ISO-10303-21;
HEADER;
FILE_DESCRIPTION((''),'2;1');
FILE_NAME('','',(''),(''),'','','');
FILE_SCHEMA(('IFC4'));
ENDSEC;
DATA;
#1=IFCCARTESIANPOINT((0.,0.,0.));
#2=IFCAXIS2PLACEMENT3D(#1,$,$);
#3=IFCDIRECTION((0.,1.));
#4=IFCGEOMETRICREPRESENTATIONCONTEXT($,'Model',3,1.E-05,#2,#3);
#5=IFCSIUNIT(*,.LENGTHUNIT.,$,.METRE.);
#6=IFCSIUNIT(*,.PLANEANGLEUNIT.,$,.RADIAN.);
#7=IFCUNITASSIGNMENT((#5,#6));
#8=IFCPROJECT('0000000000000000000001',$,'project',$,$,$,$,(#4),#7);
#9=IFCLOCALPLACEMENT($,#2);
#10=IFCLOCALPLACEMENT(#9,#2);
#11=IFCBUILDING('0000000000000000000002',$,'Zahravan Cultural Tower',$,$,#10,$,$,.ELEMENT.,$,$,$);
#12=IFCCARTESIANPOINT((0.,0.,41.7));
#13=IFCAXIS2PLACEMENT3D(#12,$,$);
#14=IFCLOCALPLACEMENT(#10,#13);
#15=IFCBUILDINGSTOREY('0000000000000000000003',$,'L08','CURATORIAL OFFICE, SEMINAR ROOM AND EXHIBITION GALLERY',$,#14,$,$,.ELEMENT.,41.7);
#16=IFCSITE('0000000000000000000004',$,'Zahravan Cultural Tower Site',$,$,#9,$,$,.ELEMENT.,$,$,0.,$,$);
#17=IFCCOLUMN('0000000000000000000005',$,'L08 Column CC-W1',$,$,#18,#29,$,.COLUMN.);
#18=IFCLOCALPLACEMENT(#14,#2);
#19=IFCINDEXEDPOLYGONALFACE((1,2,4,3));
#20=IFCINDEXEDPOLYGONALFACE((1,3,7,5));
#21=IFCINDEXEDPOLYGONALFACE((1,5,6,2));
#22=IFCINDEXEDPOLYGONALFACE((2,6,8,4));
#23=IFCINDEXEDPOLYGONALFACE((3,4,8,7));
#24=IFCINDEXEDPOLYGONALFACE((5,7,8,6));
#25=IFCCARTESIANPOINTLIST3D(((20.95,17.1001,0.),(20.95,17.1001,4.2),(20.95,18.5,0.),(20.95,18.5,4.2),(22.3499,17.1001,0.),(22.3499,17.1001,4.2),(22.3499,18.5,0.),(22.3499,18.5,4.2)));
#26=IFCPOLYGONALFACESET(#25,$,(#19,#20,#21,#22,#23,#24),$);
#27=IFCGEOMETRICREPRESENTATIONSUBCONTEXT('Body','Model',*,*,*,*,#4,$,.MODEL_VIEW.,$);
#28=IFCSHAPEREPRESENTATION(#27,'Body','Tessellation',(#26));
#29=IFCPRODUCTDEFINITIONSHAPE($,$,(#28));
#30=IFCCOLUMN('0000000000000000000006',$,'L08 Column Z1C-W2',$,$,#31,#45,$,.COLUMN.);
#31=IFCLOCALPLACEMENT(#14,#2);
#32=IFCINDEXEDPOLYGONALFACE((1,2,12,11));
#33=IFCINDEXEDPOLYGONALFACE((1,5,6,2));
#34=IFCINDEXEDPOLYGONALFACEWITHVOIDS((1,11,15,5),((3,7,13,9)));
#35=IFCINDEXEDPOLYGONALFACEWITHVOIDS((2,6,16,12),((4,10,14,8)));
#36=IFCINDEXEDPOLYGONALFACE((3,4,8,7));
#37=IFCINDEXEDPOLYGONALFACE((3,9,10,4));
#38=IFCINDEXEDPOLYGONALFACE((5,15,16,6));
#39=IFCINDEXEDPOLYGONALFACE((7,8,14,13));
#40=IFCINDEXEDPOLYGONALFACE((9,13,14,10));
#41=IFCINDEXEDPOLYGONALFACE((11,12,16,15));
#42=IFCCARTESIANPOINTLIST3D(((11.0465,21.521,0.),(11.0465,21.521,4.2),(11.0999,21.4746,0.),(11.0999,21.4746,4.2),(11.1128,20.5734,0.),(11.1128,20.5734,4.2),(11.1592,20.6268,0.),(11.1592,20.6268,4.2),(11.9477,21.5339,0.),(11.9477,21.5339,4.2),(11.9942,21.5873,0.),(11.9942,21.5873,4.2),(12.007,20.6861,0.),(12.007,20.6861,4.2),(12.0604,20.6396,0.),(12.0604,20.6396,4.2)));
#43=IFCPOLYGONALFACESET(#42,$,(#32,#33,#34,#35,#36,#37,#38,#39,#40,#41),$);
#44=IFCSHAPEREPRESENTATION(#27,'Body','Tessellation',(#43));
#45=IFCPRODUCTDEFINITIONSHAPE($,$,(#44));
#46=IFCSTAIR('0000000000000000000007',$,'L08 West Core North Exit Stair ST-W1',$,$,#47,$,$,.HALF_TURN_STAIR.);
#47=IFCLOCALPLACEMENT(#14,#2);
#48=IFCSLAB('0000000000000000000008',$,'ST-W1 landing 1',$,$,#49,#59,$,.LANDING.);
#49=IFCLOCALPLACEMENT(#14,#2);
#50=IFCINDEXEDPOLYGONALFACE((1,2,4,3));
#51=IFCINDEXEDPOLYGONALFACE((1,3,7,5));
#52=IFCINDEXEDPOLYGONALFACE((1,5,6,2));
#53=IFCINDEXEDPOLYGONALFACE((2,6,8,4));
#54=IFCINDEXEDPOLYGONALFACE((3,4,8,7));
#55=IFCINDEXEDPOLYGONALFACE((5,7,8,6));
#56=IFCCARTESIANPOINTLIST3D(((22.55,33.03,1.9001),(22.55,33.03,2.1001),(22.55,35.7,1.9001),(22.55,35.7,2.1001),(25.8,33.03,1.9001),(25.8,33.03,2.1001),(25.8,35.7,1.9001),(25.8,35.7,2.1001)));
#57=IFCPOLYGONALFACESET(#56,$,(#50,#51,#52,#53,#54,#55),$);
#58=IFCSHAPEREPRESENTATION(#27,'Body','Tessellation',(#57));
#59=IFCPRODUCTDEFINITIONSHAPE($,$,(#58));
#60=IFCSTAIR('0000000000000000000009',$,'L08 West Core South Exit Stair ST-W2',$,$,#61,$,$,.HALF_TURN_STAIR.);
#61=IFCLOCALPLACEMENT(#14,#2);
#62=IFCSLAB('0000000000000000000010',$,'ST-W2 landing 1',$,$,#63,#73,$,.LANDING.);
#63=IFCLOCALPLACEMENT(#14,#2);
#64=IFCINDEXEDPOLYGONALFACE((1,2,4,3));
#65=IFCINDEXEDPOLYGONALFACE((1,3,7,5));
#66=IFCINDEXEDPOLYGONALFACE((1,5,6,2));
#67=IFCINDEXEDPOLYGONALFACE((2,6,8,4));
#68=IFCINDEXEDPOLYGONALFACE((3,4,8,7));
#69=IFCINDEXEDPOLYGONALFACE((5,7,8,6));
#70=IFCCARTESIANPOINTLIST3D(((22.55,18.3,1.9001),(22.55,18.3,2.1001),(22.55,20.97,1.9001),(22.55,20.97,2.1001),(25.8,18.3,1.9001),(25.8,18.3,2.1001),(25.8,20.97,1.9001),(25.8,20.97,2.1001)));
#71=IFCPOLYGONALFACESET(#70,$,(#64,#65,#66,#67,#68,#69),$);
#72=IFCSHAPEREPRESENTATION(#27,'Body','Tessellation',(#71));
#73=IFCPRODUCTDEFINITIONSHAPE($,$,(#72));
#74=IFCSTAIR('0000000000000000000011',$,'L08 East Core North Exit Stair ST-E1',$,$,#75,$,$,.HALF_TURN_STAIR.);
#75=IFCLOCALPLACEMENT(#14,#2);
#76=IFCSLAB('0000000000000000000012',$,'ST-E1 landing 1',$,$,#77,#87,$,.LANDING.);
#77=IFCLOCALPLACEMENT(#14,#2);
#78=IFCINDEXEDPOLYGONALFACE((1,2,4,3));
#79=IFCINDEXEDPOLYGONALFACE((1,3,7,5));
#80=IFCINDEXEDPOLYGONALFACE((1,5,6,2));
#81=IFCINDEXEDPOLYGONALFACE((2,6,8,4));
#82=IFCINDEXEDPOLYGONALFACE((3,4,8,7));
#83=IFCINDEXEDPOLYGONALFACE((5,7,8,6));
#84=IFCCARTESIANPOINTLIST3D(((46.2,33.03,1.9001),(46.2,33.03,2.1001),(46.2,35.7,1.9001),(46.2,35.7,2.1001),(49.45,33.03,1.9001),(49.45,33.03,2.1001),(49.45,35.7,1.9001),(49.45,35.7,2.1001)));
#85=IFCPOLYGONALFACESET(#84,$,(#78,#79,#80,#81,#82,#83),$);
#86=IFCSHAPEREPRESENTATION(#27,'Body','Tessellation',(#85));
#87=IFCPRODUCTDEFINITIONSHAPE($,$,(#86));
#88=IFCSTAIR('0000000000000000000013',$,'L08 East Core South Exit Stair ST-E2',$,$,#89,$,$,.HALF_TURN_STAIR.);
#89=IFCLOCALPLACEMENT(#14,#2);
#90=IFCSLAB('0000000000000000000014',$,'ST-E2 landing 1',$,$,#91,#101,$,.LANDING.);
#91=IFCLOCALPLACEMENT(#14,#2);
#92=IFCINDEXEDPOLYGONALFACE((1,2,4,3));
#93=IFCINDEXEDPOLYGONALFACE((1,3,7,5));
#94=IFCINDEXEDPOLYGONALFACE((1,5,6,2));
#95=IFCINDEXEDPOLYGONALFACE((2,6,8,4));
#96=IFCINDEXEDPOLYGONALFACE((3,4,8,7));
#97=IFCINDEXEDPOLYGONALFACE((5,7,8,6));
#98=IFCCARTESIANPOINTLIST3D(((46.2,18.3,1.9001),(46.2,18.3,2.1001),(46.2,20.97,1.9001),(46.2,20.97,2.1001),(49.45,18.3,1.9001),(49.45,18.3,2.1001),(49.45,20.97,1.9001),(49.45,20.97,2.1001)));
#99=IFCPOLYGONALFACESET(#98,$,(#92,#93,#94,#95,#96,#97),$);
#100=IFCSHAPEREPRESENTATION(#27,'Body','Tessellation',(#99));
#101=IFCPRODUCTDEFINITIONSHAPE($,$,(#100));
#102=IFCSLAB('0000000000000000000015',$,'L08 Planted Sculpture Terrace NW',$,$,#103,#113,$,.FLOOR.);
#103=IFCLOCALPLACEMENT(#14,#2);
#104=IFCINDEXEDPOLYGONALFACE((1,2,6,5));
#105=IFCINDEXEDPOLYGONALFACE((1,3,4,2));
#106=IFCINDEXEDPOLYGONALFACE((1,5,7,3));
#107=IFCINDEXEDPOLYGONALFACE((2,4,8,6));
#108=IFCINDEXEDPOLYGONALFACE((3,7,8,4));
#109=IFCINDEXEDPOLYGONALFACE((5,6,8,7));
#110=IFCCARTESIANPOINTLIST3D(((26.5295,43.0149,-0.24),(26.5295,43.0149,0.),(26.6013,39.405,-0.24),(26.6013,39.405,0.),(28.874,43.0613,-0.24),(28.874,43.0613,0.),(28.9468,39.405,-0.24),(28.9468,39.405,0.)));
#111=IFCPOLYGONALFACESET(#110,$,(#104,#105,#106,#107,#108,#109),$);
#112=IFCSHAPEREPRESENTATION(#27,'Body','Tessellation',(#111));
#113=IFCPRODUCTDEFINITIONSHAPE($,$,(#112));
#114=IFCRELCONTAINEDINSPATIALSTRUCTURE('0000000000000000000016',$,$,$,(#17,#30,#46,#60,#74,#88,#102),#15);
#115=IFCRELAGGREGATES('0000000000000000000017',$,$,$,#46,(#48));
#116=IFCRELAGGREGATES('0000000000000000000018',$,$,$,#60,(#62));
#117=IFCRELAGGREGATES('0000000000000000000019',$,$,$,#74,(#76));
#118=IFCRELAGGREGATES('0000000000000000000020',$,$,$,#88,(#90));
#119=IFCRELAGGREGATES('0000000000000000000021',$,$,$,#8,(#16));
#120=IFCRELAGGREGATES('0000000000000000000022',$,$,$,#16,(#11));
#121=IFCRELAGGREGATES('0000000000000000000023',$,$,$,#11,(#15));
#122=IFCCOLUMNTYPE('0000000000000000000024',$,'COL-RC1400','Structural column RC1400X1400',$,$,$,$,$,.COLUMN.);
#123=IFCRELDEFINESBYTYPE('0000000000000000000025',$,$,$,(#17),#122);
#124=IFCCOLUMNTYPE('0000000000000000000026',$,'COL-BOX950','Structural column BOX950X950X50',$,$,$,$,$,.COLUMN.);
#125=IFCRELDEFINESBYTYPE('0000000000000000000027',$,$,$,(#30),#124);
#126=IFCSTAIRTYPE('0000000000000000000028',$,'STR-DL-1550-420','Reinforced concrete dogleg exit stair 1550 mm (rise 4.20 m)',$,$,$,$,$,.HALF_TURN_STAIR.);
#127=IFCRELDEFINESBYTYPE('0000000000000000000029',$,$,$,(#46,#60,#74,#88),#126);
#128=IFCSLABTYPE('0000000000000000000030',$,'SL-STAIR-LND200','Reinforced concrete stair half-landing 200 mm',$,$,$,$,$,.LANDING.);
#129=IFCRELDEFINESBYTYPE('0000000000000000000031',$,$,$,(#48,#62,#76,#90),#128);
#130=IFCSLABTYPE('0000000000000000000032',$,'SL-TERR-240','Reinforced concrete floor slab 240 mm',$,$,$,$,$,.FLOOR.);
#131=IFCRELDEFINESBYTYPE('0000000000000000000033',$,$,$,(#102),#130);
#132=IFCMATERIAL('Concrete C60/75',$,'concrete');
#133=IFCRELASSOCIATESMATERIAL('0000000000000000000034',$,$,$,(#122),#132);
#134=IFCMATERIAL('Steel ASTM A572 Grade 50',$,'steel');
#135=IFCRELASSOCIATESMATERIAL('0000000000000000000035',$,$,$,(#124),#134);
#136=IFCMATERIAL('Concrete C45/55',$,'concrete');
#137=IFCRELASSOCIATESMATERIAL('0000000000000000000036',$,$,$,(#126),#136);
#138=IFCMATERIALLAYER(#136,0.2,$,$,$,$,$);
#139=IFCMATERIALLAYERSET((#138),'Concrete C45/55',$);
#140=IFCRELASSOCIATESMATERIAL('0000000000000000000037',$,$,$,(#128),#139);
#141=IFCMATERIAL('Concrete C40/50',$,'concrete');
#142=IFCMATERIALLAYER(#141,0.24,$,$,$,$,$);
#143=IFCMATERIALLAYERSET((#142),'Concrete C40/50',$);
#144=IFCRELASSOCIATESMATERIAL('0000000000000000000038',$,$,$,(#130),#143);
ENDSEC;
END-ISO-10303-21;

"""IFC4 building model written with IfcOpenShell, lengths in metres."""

from ifc_helpers import new_model, si_unit, direction, frame, origin, origin_2d, place, context, subcontext, project, spatial, polyline, rectangle, hollow_rectangle, outline, extrude, source, transform, mapped, material, layer, layer_set, material_profile, profile_set, type_object, element, aggregate, save


model = new_model("IFC4")

# Units and contexts
model_context = context("Model", 3, precision=1e-05, world=origin(), true_north=direction((0.0, 1.0)))
body_context = subcontext(model_context, "Body", "Model", "MODEL_VIEW")
ifc_project = project(units=[si_unit("LENGTHUNIT", "METRE"), si_unit("PLANEANGLEUNIT", "RADIAN")], contexts=[model_context])

# Site, building, storey
site_placement = place(None, origin())
site = spatial("IfcSite", under=ifc_project, at=site_placement, Name="Zahravan Cultural Tower Site", CompositionType="ELEMENT", RefElevation=0.0)
building_placement = place(site_placement, origin())
building = spatial("IfcBuilding", under=site, at=building_placement, Name="Zahravan Cultural Tower", CompositionType="ELEMENT")
storey_placement = place(building_placement, frame((0.0, 0.0, 41.7)))
storey = spatial("IfcBuildingStorey", under=building, at=storey_placement, Name="L08", Description="CURATORIAL OFFICE, SEMINAR ROOM AND EXHIBITION GALLERY", CompositionType="ELEMENT", Elevation=41.7)

# Columns
ifc_material_1 = material(Name="Concrete C60/75", Category="concrete")
ifc_material_profile_1 = material_profile(ifc_material_1, rectangle(XDim=1.3999, YDim=1.3999, at=origin_2d()), Name="RC1400X1400")
ifc_profile_set_1 = profile_set([ifc_material_profile_1], Name="Concrete C60/75")
column_type_1 = type_object("IfcColumnType", Name="COL-RC1400", Description="Structural column RC1400X1400", PredefinedType="COLUMN", material=ifc_profile_set_1)
shared_shape_1 = source(origin(), body_context, "Body", "SweptSolid", [
    extrude(rectangle(XDim=1.3999, YDim=1.3999, at=origin_2d()), origin(), (0.0, 0.0, 1.0), 4.2),
])
column_1_placement = place(storey_placement, frame((21.6499, 17.8, 0.0), z_axis=(0.0, 0.0, 1.0), x_axis=(1.0, 0.0, 0.0)))
element("IfcColumn", 1, at=column_1_placement, inside=storey, type_object=column_type_1, Name="L08 Column CC-W1", PredefinedType="COLUMN", context=body_context, shape_type="MappedRepresentation", body=[
    mapped(shared_shape_1, transform((0.0, 0.0, 0.0), x_axis=(1.0, 0.0, 0.0), y_axis=(0.0, 1.0, 0.0), z_axis=(0.0, 0.0, 1.0), scale=1.0)),
])
ifc_material_2 = material(Name="Steel ASTM A572 Grade 50", Category="steel")
ifc_material_profile_2 = material_profile(ifc_material_2, hollow_rectangle(XDim=0.95, YDim=0.95, WallThickness=0.05, at=origin_2d()), Name="BOX950X950X50")
ifc_profile_set_2 = profile_set([ifc_material_profile_2], Name="Steel ASTM A572 Grade 50")
column_type_2 = type_object("IfcColumnType", Name="COL-BOX950", Description="Structural column BOX950X950X50", PredefinedType="COLUMN", material=ifc_profile_set_2)
shared_shape_2 = source(origin(), body_context, "Body", "SweptSolid", [
    extrude(hollow_rectangle(XDim=0.95, YDim=0.95, WallThickness=0.05, at=origin_2d()), origin(), (0.0, 0.0, 1.0), 4.2),
])
column_2_placement = place(storey_placement, frame((11.5535, 21.0803, 0.0), z_axis=(0.0, 0.0, 1.0), x_axis=(0.997564, 0.069756, 0.0)))
element("IfcColumn", 2, at=column_2_placement, inside=storey, type_object=column_type_2, Name="L08 Column Z1C-W2", PredefinedType="COLUMN", context=body_context, shape_type="MappedRepresentation", body=[
    mapped(shared_shape_2, transform((0.0, 0.0, 0.0), x_axis=(1.0, 0.0, 0.0), y_axis=(0.0, 1.0, 0.0), z_axis=(0.0, 0.0, 1.0), scale=1.0)),
])

# Stairs, slabs
ifc_material_3 = material(Name="Concrete C45/55", Category="concrete")
stair_type = type_object("IfcStairType", Name="STR-DL-1550-420", Description="Reinforced concrete dogleg exit stair 1550 mm (rise 4.20 m)", PredefinedType="HALF_TURN_STAIR", material=ifc_material_3)
stair_1_placement = place(storey_placement, origin())
stair_1 = element("IfcStair", 3, at=stair_1_placement, inside=storey, type_object=stair_type, Name="L08 West Core North Exit Stair ST-W1", PredefinedType="HALF_TURN_STAIR")
ifc_layer_1 = layer(ifc_material_3, 0.2)
ifc_layer_set_1 = layer_set([ifc_layer_1], Name="Concrete C45/55")
slab_type_1 = type_object("IfcSlabType", Name="SL-STAIR-LND200", Description="Reinforced concrete stair half-landing 200 mm", PredefinedType="LANDING", material=ifc_layer_set_1)
slab_1_placement = place(storey_placement, frame((0.0, 0.0, 1.9001)))
slab_1 = element("IfcSlab", 4, at=slab_1_placement, type_object=slab_type_1, Name="ST-W1 landing 1", PredefinedType="LANDING", context=body_context, shape_type="SweptSolid", body=[
    extrude(outline(polyline([(25.8, 33.03), (25.8, 35.7), (22.55, 35.7), (22.55, 33.03), (25.8, 33.03)])), origin(), (0.0, 0.0, 1.0), 0.2),
])
aggregate(stair_1, [slab_1])
stair_2_placement = place(storey_placement, origin())
stair_2 = element("IfcStair", 5, at=stair_2_placement, inside=storey, type_object=stair_type, Name="L08 West Core South Exit Stair ST-W2", PredefinedType="HALF_TURN_STAIR")
slab_2_placement = place(storey_placement, frame((0.0, 0.0, 1.9001)))
slab_2 = element("IfcSlab", 6, at=slab_2_placement, type_object=slab_type_1, Name="ST-W2 landing 1", PredefinedType="LANDING", context=body_context, shape_type="SweptSolid", body=[
    extrude(outline(polyline([(22.55, 20.97), (22.55, 18.3), (25.8, 18.3), (25.8, 20.97), (22.55, 20.97)])), origin(), (0.0, 0.0, 1.0), 0.2),
])
aggregate(stair_2, [slab_2])
stair_3_placement = place(storey_placement, origin())
stair_3 = element("IfcStair", 7, at=stair_3_placement, inside=storey, type_object=stair_type, Name="L08 East Core North Exit Stair ST-E1", PredefinedType="HALF_TURN_STAIR")
slab_3_placement = place(storey_placement, frame((0.0, 0.0, 1.9001)))
slab_3 = element("IfcSlab", 8, at=slab_3_placement, type_object=slab_type_1, Name="ST-E1 landing 1", PredefinedType="LANDING", context=body_context, shape_type="SweptSolid", body=[
    extrude(outline(polyline([(49.45, 33.03), (49.45, 35.7), (46.2, 35.7), (46.2, 33.03), (49.45, 33.03)])), origin(), (0.0, 0.0, 1.0), 0.2),
])
aggregate(stair_3, [slab_3])
stair_4_placement = place(storey_placement, origin())
stair_4 = element("IfcStair", 9, at=stair_4_placement, inside=storey, type_object=stair_type, Name="L08 East Core South Exit Stair ST-E2", PredefinedType="HALF_TURN_STAIR")
slab_4_placement = place(storey_placement, frame((0.0, 0.0, 1.9001)))
slab_4 = element("IfcSlab", 10, at=slab_4_placement, type_object=slab_type_1, Name="ST-E2 landing 1", PredefinedType="LANDING", context=body_context, shape_type="SweptSolid", body=[
    extrude(outline(polyline([(46.2, 20.97), (46.2, 18.3), (49.45, 18.3), (49.45, 20.97), (46.2, 20.97)])), origin(), (0.0, 0.0, 1.0), 0.2),
])
aggregate(stair_4, [slab_4])

# Slab
ifc_material_4 = material(Name="Concrete C40/50", Category="concrete")
ifc_layer_2 = layer(ifc_material_4, 0.24)
ifc_layer_set_2 = layer_set([ifc_layer_2], Name="Concrete C40/50")
slab_type_2 = type_object("IfcSlabType", Name="SL-TERR-240", Description="Reinforced concrete floor slab 240 mm", PredefinedType="FLOOR", material=ifc_layer_set_2)
slab_5_placement = place(storey_placement, frame((0.0, 0.0, -0.24)))
element("IfcSlab", 11, at=slab_5_placement, inside=storey, type_object=slab_type_2, Name="L08 Planted Sculpture Terrace NW", PredefinedType="FLOOR", context=body_context, shape_type="SweptSolid", body=[
    extrude(outline(polyline([(26.5295, 43.0149), (26.6013, 39.405), (28.9468, 39.405), (28.874, 43.0613), (26.5295, 43.0149)])), origin(), (0.0, 0.0, 1.0), 0.24),
])

save(model, "model.ifc")
